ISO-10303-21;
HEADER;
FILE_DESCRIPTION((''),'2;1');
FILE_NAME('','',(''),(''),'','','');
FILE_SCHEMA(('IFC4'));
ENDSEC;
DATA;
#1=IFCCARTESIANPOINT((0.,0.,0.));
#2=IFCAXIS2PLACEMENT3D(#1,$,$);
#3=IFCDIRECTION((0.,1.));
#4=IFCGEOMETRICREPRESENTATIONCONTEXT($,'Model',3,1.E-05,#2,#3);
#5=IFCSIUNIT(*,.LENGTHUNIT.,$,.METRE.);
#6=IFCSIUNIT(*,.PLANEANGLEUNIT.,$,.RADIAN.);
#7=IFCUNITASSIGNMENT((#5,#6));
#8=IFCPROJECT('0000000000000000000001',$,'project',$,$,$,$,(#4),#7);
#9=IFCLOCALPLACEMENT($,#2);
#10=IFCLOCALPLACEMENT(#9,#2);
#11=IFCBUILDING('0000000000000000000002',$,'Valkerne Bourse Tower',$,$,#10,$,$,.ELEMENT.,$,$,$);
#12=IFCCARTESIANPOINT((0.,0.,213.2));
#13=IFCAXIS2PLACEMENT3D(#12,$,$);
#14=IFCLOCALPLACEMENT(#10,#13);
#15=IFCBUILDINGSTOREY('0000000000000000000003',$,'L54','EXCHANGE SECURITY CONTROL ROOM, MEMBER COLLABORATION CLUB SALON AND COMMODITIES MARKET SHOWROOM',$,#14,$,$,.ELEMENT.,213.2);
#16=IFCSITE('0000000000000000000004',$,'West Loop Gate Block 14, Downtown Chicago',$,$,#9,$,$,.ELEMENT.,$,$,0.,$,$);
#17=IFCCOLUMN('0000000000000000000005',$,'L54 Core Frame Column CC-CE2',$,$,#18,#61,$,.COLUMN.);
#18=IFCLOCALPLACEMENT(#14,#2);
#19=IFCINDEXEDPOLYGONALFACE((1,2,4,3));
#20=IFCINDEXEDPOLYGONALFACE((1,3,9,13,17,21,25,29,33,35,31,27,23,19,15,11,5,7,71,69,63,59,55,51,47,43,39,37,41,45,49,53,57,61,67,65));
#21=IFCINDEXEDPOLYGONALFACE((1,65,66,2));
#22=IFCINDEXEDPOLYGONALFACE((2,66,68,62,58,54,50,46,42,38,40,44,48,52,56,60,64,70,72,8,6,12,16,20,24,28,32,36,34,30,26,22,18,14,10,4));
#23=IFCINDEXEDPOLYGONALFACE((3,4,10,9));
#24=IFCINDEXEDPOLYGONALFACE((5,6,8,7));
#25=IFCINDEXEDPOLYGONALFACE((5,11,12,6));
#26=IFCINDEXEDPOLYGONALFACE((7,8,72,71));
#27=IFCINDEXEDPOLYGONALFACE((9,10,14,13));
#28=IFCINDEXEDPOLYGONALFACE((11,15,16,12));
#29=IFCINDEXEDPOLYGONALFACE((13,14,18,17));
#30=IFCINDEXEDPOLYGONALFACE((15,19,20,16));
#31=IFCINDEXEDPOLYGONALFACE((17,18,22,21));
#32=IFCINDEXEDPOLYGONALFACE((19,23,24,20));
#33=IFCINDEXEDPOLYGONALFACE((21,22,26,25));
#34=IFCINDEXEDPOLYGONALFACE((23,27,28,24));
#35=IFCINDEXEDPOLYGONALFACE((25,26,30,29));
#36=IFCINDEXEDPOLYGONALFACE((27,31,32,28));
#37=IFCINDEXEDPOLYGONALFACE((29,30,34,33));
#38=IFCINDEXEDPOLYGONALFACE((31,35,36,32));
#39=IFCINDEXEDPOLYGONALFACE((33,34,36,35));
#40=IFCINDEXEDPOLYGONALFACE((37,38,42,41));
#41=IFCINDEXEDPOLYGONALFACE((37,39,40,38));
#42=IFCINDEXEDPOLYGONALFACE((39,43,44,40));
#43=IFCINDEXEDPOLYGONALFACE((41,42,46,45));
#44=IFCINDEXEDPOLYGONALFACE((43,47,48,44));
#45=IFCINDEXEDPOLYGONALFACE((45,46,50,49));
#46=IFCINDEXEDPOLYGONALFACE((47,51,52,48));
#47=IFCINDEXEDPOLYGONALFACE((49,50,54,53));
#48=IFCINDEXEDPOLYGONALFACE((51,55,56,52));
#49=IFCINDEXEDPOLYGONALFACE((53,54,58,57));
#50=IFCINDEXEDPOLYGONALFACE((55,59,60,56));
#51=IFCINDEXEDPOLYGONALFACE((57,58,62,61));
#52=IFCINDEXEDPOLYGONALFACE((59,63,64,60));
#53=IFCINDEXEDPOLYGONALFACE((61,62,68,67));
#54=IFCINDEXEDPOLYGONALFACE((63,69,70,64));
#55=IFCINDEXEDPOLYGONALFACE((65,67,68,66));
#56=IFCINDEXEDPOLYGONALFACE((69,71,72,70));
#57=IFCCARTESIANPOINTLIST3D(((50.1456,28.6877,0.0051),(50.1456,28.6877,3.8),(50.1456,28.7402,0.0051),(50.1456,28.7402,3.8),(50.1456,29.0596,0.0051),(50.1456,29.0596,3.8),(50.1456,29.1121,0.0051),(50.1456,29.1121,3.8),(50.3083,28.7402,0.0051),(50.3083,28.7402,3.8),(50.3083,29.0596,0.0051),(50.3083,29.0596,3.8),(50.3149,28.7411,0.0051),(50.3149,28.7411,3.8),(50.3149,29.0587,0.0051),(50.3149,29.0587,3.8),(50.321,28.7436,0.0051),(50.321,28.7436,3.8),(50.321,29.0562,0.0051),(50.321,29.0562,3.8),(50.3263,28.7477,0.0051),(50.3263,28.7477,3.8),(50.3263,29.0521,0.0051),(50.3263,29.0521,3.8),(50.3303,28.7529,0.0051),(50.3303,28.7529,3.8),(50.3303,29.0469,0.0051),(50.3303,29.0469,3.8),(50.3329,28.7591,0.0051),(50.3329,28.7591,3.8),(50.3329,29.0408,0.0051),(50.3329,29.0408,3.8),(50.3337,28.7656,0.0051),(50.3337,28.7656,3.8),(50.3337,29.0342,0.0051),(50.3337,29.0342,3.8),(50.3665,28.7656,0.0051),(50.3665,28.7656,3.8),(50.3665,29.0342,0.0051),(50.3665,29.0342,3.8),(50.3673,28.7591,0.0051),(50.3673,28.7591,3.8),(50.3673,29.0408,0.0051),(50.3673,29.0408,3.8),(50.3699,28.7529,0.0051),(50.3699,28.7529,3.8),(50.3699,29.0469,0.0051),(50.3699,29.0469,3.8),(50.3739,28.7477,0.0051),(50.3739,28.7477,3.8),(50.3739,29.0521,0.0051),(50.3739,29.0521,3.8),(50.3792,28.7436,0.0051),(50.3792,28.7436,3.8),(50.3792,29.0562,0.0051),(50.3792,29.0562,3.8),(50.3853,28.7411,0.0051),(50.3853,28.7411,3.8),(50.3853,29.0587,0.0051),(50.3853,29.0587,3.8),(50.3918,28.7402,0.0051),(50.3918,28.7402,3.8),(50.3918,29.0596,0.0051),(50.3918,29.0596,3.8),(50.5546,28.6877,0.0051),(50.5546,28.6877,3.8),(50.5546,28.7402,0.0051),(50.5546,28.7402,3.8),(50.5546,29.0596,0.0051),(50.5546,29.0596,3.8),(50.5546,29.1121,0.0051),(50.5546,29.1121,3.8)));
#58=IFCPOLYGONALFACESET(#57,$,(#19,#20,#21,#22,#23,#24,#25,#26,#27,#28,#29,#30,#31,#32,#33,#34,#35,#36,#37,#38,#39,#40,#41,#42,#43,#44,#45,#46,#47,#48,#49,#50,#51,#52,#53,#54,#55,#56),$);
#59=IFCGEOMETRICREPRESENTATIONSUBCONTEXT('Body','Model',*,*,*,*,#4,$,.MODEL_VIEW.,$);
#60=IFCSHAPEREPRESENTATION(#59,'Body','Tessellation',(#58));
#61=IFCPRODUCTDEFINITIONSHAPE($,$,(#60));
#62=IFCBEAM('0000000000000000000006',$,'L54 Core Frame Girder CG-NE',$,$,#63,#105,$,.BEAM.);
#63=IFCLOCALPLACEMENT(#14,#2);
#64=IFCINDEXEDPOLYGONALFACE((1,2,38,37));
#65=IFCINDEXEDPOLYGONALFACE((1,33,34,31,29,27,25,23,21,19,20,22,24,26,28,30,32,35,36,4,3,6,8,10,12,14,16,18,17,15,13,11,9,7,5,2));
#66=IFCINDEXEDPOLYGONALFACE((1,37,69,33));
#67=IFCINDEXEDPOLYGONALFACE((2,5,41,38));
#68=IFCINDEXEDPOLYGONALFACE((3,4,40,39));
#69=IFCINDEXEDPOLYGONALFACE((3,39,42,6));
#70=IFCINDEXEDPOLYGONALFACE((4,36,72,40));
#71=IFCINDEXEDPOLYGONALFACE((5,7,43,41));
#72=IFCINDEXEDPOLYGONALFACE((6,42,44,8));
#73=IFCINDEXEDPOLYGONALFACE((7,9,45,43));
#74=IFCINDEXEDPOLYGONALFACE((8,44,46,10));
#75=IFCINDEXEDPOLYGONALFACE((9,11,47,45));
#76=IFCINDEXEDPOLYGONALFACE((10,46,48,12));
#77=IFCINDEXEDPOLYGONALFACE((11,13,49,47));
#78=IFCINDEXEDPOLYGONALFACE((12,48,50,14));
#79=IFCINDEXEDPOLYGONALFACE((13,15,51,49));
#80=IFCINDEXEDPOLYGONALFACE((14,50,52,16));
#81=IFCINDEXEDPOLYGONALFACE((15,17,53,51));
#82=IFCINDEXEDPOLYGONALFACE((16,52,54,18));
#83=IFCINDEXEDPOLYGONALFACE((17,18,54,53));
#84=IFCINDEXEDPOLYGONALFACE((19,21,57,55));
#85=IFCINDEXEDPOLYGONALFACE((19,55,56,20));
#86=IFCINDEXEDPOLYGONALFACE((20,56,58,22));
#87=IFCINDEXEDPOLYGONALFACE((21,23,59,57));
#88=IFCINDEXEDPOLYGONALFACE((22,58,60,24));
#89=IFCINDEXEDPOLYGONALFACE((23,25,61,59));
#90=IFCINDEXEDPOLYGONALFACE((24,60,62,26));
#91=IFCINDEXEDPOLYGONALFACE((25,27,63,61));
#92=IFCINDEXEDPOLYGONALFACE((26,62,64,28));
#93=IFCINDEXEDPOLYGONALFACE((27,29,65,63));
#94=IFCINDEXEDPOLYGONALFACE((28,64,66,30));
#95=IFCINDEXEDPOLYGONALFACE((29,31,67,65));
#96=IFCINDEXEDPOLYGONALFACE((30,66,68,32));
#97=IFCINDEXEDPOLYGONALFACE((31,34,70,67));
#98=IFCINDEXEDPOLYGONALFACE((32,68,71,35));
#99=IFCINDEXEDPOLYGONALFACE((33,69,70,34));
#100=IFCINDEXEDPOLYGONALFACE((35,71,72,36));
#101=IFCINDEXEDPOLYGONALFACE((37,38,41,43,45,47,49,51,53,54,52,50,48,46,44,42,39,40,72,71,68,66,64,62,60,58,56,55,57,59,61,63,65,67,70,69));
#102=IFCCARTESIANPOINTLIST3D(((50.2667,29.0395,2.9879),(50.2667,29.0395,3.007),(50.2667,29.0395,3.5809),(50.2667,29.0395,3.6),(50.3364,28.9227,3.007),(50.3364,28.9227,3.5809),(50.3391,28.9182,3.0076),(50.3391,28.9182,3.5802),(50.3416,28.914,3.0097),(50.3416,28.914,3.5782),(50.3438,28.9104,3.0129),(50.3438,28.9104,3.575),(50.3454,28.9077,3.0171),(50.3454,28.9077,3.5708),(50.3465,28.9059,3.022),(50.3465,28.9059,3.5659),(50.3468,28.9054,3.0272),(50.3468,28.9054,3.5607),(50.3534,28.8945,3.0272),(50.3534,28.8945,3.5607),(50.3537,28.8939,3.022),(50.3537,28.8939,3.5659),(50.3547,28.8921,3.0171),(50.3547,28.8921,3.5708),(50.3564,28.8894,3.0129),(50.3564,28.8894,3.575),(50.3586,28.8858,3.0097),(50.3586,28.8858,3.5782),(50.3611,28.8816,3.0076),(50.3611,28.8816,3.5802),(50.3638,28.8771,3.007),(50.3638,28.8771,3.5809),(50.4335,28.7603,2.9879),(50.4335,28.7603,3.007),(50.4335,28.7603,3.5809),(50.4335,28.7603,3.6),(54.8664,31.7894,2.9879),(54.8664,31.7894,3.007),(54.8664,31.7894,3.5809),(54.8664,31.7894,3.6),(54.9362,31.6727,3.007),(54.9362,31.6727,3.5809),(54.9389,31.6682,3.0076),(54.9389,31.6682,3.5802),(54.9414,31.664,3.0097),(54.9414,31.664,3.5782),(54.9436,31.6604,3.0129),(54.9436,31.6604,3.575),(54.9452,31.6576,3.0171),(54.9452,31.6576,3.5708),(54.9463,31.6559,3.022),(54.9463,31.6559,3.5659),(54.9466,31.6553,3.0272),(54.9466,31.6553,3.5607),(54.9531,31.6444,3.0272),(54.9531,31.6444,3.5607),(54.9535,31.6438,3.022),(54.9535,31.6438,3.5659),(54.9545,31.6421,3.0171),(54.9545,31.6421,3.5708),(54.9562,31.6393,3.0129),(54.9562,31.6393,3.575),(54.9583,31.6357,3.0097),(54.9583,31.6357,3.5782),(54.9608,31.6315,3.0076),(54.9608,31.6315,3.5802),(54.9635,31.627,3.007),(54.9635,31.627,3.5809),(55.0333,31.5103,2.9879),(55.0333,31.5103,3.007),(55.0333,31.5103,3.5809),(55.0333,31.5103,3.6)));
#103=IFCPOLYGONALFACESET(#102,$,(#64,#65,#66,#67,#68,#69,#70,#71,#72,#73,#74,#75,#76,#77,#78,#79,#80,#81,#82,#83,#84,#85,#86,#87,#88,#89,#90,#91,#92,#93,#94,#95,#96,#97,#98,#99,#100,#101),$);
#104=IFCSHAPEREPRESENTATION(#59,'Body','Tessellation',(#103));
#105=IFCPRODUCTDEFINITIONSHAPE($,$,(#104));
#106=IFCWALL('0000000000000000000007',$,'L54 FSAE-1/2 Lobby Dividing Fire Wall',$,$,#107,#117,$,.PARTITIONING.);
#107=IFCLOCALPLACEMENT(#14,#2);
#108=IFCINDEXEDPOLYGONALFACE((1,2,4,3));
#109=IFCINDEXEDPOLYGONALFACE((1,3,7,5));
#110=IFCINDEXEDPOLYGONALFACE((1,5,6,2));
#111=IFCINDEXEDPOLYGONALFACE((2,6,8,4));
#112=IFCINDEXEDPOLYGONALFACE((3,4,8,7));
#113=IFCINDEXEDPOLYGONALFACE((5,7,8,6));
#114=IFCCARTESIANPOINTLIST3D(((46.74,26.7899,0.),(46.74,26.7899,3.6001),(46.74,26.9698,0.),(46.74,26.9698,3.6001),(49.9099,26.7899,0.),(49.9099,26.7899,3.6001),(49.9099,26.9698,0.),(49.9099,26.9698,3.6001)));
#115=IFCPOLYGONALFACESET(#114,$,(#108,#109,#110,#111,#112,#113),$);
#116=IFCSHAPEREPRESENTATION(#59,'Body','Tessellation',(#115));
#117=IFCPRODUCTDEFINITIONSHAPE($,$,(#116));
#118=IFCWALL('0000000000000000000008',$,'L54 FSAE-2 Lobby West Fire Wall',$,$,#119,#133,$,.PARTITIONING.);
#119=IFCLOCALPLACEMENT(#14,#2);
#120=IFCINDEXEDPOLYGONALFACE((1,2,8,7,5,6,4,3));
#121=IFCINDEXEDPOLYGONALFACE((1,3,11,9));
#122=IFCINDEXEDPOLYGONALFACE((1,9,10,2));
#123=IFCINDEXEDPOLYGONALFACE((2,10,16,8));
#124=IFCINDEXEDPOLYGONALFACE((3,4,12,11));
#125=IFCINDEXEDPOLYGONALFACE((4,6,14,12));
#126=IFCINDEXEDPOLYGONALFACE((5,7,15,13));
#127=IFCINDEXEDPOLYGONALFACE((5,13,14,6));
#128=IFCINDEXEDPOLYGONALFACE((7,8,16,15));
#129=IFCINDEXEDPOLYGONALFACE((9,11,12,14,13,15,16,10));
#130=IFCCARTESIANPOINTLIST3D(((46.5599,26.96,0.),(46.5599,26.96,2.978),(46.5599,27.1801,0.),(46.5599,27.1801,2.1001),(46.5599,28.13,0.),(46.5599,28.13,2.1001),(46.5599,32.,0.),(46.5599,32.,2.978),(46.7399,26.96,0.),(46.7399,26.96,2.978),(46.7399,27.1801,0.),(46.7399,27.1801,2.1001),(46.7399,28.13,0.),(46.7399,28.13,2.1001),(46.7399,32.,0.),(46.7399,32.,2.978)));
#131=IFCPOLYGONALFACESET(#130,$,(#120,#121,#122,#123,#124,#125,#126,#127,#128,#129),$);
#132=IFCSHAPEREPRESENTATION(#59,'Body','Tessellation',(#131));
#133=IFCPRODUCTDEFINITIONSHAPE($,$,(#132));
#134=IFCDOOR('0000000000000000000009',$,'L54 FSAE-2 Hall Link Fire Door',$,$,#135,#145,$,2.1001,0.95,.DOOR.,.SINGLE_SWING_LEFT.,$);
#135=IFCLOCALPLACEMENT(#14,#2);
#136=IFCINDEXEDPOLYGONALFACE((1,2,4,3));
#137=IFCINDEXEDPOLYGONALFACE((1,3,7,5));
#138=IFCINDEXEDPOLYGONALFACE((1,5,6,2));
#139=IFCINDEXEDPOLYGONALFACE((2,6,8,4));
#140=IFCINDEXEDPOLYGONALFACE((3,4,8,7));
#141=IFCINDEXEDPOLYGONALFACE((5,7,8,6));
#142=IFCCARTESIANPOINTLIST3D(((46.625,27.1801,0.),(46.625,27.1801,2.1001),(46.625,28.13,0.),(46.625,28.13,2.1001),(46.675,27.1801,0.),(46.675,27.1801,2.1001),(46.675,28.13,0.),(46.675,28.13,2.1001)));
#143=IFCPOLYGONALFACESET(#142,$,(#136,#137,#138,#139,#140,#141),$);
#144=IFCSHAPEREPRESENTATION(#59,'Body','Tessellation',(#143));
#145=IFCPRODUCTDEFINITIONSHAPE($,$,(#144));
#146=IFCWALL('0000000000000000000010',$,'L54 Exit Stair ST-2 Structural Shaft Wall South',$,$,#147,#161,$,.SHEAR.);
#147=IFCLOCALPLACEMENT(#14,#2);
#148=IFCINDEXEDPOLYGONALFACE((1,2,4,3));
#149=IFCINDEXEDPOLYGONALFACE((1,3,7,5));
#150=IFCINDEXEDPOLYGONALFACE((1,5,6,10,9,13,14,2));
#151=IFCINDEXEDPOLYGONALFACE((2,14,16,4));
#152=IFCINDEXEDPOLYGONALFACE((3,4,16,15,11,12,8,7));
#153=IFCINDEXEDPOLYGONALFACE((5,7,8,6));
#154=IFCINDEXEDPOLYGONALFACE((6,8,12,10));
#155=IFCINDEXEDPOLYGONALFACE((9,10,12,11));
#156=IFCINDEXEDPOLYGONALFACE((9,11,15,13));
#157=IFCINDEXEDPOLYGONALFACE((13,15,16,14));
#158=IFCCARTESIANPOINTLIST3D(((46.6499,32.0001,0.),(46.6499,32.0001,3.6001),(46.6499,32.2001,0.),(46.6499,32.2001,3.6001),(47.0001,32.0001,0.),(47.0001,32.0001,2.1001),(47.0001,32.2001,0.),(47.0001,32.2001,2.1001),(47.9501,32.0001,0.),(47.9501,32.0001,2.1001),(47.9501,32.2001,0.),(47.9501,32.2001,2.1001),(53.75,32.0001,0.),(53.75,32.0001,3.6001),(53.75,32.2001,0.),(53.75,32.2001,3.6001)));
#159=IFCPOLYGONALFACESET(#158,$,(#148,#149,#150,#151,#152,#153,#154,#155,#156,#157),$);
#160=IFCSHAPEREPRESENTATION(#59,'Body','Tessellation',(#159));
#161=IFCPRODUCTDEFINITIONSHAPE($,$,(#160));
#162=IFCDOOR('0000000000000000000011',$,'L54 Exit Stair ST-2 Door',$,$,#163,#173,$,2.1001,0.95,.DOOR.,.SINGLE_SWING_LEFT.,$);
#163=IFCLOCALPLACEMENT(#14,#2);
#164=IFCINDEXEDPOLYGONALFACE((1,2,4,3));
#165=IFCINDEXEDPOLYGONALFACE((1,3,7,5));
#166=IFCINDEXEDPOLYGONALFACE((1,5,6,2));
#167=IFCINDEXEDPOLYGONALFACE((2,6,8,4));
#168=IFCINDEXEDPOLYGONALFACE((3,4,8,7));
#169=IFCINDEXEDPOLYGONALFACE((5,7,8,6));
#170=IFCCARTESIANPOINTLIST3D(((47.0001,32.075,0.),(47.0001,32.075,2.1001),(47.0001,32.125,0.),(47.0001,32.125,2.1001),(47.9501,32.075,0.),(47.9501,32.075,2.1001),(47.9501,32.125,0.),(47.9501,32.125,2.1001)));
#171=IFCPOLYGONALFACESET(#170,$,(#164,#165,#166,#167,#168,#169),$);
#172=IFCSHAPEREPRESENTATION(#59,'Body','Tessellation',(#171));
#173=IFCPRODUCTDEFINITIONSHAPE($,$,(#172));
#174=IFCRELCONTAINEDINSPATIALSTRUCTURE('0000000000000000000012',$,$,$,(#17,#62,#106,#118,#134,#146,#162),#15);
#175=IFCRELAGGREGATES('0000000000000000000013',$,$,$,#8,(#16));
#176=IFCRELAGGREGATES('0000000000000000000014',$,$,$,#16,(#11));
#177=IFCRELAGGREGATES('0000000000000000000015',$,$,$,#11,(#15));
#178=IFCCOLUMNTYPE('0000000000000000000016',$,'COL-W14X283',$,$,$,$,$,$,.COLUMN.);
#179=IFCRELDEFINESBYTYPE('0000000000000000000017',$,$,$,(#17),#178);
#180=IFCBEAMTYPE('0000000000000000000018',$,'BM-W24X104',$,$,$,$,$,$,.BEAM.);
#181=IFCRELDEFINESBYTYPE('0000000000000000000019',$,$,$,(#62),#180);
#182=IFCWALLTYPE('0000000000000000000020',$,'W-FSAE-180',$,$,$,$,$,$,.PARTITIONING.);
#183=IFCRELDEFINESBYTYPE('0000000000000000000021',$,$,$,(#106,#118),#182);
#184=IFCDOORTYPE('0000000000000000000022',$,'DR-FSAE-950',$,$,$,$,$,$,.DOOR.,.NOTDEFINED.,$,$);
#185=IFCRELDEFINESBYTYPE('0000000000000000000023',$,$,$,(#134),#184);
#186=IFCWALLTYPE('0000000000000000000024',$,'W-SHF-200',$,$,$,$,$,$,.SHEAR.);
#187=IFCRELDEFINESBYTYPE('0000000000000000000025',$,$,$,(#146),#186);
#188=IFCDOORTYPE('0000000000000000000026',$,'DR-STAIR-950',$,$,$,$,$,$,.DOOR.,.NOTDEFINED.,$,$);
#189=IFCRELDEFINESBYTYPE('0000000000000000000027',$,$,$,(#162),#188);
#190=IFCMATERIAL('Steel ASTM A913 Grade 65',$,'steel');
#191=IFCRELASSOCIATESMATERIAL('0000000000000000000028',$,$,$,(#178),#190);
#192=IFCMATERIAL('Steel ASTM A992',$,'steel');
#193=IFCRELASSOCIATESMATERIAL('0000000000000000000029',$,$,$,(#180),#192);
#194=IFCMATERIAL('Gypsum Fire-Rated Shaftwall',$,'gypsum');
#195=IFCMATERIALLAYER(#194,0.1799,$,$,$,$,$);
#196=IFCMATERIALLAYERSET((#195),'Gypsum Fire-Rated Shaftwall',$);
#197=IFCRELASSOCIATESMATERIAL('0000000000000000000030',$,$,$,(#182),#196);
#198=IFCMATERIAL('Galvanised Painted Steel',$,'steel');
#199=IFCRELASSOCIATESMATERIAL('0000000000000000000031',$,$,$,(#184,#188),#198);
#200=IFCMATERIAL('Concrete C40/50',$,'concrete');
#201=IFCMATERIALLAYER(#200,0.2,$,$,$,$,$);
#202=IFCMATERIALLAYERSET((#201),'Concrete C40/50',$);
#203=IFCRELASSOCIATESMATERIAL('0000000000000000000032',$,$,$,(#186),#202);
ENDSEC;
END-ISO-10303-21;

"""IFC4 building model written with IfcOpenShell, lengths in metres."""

from ifc_helpers import new_model, si_unit, direction, frame, frame_2d, origin, origin_2d, place, context, subcontext, project, spatial, rectangle, i_section, extrude, material, layer, layer_set, material_profile, profile_set, type_object, element, fill, save


model = new_model("IFC4")

# Units and contexts
model_context = context("Model", 3, precision=1e-05, world=origin(), true_north=direction((0.0, 1.0)))
body_context = subcontext(model_context, "Body", "Model", "MODEL_VIEW")
ifc_project = project(units=[si_unit("LENGTHUNIT", "METRE"), si_unit("PLANEANGLEUNIT", "RADIAN")], contexts=[model_context])

# Site, building, storey
site_placement = place(None, origin())
site = spatial("IfcSite", under=ifc_project, at=site_placement, Name="West Loop Gate Block 14, Downtown Chicago", CompositionType="ELEMENT", RefElevation=0.0)
building_placement = place(site_placement, origin())
building = spatial("IfcBuilding", under=site, at=building_placement, Name="Valkerne Bourse Tower", CompositionType="ELEMENT")
storey_placement = place(building_placement, frame((0.0, 0.0, 213.2)))
storey = spatial("IfcBuildingStorey", under=building, at=storey_placement, Name="L54", Description="EXCHANGE SECURITY CONTROL ROOM, MEMBER COLLABORATION CLUB SALON AND COMMODITIES MARKET SHOWROOM", CompositionType="ELEMENT", Elevation=213.2)

# Column
ifc_material_1 = material(Name="Steel ASTM A913 Grade 65", Category="steel")
ifc_material_profile_1 = material_profile(ifc_material_1, i_section(OverallWidth=0.4089, OverallDepth=0.4243, WebThickness=0.0327, FlangeThickness=0.0525, FilletRadius=0.0254, at=origin_2d()), Name="W14X283")
ifc_profile_set_1 = profile_set([ifc_material_profile_1], Name="Steel ASTM A913 Grade 65")
column_type = type_object("IfcColumnType", Name="COL-W14X283", PredefinedType="COLUMN", material=ifc_profile_set_1)
column_placement = place(storey_placement, frame((50.3501, 28.8999, 0.0051), z_axis=(0.0, 0.0, 1.0), x_axis=(1.0, 0.0, 0.0)))
element("IfcColumn", 1, at=column_placement, inside=storey, type_object=column_type, Name="L54 Core Frame Column CC-CE2", PredefinedType="COLUMN", context=body_context, shape_type="SweptSolid", body=[
    extrude(i_section(OverallWidth=0.4089, OverallDepth=0.4243, WebThickness=0.0327, FlangeThickness=0.0525, FilletRadius=0.0254, at=origin_2d()), origin(), (0.0, 0.0, 1.0), 3.7949),
])

# Beam
ifc_material_2 = material(Name="Steel ASTM A992", Category="steel")
ifc_material_profile_2 = material_profile(ifc_material_2, i_section(OverallWidth=0.3252, OverallDepth=0.6121, WebThickness=0.0127, FlangeThickness=0.019, FilletRadius=0.0203, at=origin_2d()), Name="W24X104")
ifc_profile_set_2 = profile_set([ifc_material_profile_2], Name="Steel ASTM A992")
beam_type = type_object("IfcBeamType", Name="BM-W24X104", PredefinedType="BEAM", material=ifc_profile_set_2)
beam_placement = place(storey_placement, frame((50.3501, 28.8999, 3.2939), z_axis=(0.858308, 0.513135, 0.0), x_axis=(-0.513135, 0.858308, 0.0)))
element("IfcBeam", 2, at=beam_placement, inside=storey, type_object=beam_type, Name="L54 Core Frame Girder CG-NE", PredefinedType="BEAM", context=body_context, shape_type="SweptSolid", body=[
    extrude(i_section(OverallWidth=0.3252, OverallDepth=0.6121, WebThickness=0.0127, FlangeThickness=0.019, FilletRadius=0.0203, at=origin_2d()), origin(), (0.0, 0.0, 1.0), 5.3591),
])

# Wall
ifc_material_3 = material(Name="Gypsum Fire-Rated Shaftwall", Category="gypsum")
ifc_layer_1 = layer(ifc_material_3, 0.1799)
ifc_layer_set_1 = layer_set([ifc_layer_1], Name="Gypsum Fire-Rated Shaftwall")
wall_type_1 = type_object("IfcWallType", Name="W-FSAE-180", PredefinedType="PARTITIONING", material=ifc_layer_set_1)
wall_1_placement = place(storey_placement, frame((46.74, 26.8799, 0.0), z_axis=(0.0, 0.0, 1.0), x_axis=(1.0, 0.0, 0.0)))
element("IfcWall", 3, at=wall_1_placement, inside=storey, type_object=wall_type_1, Name="L54 FSAE-1/2 Lobby Dividing Fire Wall", PredefinedType="PARTITIONING", context=body_context, shape_type="SweptSolid", body=[
    extrude(rectangle(XDim=3.1699, YDim=0.1799, at=frame_2d((1.585, 0.0))), origin(), (0.0, 0.0, 1.0), 3.6001),
])

# Wall, opening, door
wall_2_placement = place(storey_placement, frame((46.6499, 26.96, 0.0), z_axis=(0.0, 0.0, 1.0), x_axis=(0.0, 1.0, 0.0)))
wall_2 = element("IfcWall", 4, at=wall_2_placement, inside=storey, type_object=wall_type_1, Name="L54 FSAE-2 Lobby West Fire Wall", PredefinedType="PARTITIONING", context=body_context, shape_type="SweptSolid", body=[
    extrude(rectangle(XDim=5.04, YDim=0.1799, at=frame_2d((2.52, 0.0))), origin(), (0.0, 0.0, 1.0), 2.978),
])
opening_1_placement = place(wall_2_placement, frame((0.22, 0.0, 0.0)))
opening_1 = element("IfcOpeningElement", 5, at=opening_1_placement, cuts=wall_2, PredefinedType="OPENING", context=body_context, shape_type="SweptSolid", body=[
    extrude(rectangle(XDim=0.95, YDim=2.1001, at=frame_2d((0.4751, 1.05))), frame((0.0, 0.0999, 0.0), z_axis=(0.0, -1.0, 0.0), x_axis=(1.0, 0.0, 0.0)), (0.0, 0.0, 1.0), 0.2),
])
ifc_material_4 = material(Name="Galvanised Painted Steel", Category="steel")
door_type_1 = type_object("IfcDoorType", Name="DR-FSAE-950", OperationType="NOTDEFINED", PredefinedType="DOOR", material=ifc_material_4)
door_1_placement = place(opening_1_placement, origin())
door_1 = element("IfcDoor", 6, at=door_1_placement, inside=storey, type_object=door_type_1, Name="L54 FSAE-2 Hall Link Fire Door", OperationType="SINGLE_SWING_LEFT", OverallHeight=2.1001, OverallWidth=0.95, PredefinedType="DOOR", context=body_context, shape_type="SweptSolid", body=[
    extrude(rectangle(XDim=0.95, YDim=2.1001, at=frame_2d((0.4751, 1.05))), frame((0.0, 0.0249, 0.0), z_axis=(0.0, -1.0, 0.0), x_axis=(1.0, 0.0, 0.0)), (0.0, 0.0, 1.0), 0.05),
])
fill(opening_1, door_1)

# Wall, opening, door
ifc_material_5 = material(Name="Concrete C40/50", Category="concrete")
ifc_layer_2 = layer(ifc_material_5, 0.2)
ifc_layer_set_2 = layer_set([ifc_layer_2], Name="Concrete C40/50")
wall_type_2 = type_object("IfcWallType", Name="W-SHF-200", PredefinedType="SHEAR", material=ifc_layer_set_2)
wall_3_placement = place(storey_placement, frame((46.6499, 32.1001, 0.0), z_axis=(0.0, 0.0, 1.0), x_axis=(1.0, 0.0, 0.0)))
wall_3 = element("IfcWall", 7, at=wall_3_placement, inside=storey, type_object=wall_type_2, Name="L54 Exit Stair ST-2 Structural Shaft Wall South", PredefinedType="SHEAR", context=body_context, shape_type="SweptSolid", body=[
    extrude(rectangle(XDim=7.1001, YDim=0.2, at=frame_2d((3.55, 0.0))), origin(), (0.0, 0.0, 1.0), 3.6001),
])
opening_2_placement = place(wall_3_placement, frame((0.3501, 0.0, 0.0)))
opening_2 = element("IfcOpeningElement", 8, at=opening_2_placement, cuts=wall_3, PredefinedType="OPENING", context=body_context, shape_type="SweptSolid", body=[
    extrude(rectangle(XDim=0.95, YDim=2.1001, at=frame_2d((0.4751, 1.05))), frame((0.0, 0.1099, 0.0), z_axis=(0.0, -1.0, 0.0), x_axis=(1.0, 0.0, 0.0)), (0.0, 0.0, 1.0), 0.22),
])
door_type_2 = type_object("IfcDoorType", Name="DR-STAIR-950", OperationType="NOTDEFINED", PredefinedType="DOOR", material=ifc_material_4)
door_2_placement = place(opening_2_placement, origin())
door_2 = element("IfcDoor", 9, at=door_2_placement, inside=storey, type_object=door_type_2, Name="L54 Exit Stair ST-2 Door", OperationType="SINGLE_SWING_LEFT", OverallHeight=2.1001, OverallWidth=0.95, PredefinedType="DOOR", context=body_context, shape_type="SweptSolid", body=[
    extrude(rectangle(XDim=0.95, YDim=2.1001, at=frame_2d((0.4751, 1.05))), frame((0.0, 0.0249, 0.0), z_axis=(0.0, -1.0, 0.0), x_axis=(1.0, 0.0, 0.0)), (0.0, 0.0, 1.0), 0.05),
])
fill(opening_2, door_2)

save(model, "model.ifc")
